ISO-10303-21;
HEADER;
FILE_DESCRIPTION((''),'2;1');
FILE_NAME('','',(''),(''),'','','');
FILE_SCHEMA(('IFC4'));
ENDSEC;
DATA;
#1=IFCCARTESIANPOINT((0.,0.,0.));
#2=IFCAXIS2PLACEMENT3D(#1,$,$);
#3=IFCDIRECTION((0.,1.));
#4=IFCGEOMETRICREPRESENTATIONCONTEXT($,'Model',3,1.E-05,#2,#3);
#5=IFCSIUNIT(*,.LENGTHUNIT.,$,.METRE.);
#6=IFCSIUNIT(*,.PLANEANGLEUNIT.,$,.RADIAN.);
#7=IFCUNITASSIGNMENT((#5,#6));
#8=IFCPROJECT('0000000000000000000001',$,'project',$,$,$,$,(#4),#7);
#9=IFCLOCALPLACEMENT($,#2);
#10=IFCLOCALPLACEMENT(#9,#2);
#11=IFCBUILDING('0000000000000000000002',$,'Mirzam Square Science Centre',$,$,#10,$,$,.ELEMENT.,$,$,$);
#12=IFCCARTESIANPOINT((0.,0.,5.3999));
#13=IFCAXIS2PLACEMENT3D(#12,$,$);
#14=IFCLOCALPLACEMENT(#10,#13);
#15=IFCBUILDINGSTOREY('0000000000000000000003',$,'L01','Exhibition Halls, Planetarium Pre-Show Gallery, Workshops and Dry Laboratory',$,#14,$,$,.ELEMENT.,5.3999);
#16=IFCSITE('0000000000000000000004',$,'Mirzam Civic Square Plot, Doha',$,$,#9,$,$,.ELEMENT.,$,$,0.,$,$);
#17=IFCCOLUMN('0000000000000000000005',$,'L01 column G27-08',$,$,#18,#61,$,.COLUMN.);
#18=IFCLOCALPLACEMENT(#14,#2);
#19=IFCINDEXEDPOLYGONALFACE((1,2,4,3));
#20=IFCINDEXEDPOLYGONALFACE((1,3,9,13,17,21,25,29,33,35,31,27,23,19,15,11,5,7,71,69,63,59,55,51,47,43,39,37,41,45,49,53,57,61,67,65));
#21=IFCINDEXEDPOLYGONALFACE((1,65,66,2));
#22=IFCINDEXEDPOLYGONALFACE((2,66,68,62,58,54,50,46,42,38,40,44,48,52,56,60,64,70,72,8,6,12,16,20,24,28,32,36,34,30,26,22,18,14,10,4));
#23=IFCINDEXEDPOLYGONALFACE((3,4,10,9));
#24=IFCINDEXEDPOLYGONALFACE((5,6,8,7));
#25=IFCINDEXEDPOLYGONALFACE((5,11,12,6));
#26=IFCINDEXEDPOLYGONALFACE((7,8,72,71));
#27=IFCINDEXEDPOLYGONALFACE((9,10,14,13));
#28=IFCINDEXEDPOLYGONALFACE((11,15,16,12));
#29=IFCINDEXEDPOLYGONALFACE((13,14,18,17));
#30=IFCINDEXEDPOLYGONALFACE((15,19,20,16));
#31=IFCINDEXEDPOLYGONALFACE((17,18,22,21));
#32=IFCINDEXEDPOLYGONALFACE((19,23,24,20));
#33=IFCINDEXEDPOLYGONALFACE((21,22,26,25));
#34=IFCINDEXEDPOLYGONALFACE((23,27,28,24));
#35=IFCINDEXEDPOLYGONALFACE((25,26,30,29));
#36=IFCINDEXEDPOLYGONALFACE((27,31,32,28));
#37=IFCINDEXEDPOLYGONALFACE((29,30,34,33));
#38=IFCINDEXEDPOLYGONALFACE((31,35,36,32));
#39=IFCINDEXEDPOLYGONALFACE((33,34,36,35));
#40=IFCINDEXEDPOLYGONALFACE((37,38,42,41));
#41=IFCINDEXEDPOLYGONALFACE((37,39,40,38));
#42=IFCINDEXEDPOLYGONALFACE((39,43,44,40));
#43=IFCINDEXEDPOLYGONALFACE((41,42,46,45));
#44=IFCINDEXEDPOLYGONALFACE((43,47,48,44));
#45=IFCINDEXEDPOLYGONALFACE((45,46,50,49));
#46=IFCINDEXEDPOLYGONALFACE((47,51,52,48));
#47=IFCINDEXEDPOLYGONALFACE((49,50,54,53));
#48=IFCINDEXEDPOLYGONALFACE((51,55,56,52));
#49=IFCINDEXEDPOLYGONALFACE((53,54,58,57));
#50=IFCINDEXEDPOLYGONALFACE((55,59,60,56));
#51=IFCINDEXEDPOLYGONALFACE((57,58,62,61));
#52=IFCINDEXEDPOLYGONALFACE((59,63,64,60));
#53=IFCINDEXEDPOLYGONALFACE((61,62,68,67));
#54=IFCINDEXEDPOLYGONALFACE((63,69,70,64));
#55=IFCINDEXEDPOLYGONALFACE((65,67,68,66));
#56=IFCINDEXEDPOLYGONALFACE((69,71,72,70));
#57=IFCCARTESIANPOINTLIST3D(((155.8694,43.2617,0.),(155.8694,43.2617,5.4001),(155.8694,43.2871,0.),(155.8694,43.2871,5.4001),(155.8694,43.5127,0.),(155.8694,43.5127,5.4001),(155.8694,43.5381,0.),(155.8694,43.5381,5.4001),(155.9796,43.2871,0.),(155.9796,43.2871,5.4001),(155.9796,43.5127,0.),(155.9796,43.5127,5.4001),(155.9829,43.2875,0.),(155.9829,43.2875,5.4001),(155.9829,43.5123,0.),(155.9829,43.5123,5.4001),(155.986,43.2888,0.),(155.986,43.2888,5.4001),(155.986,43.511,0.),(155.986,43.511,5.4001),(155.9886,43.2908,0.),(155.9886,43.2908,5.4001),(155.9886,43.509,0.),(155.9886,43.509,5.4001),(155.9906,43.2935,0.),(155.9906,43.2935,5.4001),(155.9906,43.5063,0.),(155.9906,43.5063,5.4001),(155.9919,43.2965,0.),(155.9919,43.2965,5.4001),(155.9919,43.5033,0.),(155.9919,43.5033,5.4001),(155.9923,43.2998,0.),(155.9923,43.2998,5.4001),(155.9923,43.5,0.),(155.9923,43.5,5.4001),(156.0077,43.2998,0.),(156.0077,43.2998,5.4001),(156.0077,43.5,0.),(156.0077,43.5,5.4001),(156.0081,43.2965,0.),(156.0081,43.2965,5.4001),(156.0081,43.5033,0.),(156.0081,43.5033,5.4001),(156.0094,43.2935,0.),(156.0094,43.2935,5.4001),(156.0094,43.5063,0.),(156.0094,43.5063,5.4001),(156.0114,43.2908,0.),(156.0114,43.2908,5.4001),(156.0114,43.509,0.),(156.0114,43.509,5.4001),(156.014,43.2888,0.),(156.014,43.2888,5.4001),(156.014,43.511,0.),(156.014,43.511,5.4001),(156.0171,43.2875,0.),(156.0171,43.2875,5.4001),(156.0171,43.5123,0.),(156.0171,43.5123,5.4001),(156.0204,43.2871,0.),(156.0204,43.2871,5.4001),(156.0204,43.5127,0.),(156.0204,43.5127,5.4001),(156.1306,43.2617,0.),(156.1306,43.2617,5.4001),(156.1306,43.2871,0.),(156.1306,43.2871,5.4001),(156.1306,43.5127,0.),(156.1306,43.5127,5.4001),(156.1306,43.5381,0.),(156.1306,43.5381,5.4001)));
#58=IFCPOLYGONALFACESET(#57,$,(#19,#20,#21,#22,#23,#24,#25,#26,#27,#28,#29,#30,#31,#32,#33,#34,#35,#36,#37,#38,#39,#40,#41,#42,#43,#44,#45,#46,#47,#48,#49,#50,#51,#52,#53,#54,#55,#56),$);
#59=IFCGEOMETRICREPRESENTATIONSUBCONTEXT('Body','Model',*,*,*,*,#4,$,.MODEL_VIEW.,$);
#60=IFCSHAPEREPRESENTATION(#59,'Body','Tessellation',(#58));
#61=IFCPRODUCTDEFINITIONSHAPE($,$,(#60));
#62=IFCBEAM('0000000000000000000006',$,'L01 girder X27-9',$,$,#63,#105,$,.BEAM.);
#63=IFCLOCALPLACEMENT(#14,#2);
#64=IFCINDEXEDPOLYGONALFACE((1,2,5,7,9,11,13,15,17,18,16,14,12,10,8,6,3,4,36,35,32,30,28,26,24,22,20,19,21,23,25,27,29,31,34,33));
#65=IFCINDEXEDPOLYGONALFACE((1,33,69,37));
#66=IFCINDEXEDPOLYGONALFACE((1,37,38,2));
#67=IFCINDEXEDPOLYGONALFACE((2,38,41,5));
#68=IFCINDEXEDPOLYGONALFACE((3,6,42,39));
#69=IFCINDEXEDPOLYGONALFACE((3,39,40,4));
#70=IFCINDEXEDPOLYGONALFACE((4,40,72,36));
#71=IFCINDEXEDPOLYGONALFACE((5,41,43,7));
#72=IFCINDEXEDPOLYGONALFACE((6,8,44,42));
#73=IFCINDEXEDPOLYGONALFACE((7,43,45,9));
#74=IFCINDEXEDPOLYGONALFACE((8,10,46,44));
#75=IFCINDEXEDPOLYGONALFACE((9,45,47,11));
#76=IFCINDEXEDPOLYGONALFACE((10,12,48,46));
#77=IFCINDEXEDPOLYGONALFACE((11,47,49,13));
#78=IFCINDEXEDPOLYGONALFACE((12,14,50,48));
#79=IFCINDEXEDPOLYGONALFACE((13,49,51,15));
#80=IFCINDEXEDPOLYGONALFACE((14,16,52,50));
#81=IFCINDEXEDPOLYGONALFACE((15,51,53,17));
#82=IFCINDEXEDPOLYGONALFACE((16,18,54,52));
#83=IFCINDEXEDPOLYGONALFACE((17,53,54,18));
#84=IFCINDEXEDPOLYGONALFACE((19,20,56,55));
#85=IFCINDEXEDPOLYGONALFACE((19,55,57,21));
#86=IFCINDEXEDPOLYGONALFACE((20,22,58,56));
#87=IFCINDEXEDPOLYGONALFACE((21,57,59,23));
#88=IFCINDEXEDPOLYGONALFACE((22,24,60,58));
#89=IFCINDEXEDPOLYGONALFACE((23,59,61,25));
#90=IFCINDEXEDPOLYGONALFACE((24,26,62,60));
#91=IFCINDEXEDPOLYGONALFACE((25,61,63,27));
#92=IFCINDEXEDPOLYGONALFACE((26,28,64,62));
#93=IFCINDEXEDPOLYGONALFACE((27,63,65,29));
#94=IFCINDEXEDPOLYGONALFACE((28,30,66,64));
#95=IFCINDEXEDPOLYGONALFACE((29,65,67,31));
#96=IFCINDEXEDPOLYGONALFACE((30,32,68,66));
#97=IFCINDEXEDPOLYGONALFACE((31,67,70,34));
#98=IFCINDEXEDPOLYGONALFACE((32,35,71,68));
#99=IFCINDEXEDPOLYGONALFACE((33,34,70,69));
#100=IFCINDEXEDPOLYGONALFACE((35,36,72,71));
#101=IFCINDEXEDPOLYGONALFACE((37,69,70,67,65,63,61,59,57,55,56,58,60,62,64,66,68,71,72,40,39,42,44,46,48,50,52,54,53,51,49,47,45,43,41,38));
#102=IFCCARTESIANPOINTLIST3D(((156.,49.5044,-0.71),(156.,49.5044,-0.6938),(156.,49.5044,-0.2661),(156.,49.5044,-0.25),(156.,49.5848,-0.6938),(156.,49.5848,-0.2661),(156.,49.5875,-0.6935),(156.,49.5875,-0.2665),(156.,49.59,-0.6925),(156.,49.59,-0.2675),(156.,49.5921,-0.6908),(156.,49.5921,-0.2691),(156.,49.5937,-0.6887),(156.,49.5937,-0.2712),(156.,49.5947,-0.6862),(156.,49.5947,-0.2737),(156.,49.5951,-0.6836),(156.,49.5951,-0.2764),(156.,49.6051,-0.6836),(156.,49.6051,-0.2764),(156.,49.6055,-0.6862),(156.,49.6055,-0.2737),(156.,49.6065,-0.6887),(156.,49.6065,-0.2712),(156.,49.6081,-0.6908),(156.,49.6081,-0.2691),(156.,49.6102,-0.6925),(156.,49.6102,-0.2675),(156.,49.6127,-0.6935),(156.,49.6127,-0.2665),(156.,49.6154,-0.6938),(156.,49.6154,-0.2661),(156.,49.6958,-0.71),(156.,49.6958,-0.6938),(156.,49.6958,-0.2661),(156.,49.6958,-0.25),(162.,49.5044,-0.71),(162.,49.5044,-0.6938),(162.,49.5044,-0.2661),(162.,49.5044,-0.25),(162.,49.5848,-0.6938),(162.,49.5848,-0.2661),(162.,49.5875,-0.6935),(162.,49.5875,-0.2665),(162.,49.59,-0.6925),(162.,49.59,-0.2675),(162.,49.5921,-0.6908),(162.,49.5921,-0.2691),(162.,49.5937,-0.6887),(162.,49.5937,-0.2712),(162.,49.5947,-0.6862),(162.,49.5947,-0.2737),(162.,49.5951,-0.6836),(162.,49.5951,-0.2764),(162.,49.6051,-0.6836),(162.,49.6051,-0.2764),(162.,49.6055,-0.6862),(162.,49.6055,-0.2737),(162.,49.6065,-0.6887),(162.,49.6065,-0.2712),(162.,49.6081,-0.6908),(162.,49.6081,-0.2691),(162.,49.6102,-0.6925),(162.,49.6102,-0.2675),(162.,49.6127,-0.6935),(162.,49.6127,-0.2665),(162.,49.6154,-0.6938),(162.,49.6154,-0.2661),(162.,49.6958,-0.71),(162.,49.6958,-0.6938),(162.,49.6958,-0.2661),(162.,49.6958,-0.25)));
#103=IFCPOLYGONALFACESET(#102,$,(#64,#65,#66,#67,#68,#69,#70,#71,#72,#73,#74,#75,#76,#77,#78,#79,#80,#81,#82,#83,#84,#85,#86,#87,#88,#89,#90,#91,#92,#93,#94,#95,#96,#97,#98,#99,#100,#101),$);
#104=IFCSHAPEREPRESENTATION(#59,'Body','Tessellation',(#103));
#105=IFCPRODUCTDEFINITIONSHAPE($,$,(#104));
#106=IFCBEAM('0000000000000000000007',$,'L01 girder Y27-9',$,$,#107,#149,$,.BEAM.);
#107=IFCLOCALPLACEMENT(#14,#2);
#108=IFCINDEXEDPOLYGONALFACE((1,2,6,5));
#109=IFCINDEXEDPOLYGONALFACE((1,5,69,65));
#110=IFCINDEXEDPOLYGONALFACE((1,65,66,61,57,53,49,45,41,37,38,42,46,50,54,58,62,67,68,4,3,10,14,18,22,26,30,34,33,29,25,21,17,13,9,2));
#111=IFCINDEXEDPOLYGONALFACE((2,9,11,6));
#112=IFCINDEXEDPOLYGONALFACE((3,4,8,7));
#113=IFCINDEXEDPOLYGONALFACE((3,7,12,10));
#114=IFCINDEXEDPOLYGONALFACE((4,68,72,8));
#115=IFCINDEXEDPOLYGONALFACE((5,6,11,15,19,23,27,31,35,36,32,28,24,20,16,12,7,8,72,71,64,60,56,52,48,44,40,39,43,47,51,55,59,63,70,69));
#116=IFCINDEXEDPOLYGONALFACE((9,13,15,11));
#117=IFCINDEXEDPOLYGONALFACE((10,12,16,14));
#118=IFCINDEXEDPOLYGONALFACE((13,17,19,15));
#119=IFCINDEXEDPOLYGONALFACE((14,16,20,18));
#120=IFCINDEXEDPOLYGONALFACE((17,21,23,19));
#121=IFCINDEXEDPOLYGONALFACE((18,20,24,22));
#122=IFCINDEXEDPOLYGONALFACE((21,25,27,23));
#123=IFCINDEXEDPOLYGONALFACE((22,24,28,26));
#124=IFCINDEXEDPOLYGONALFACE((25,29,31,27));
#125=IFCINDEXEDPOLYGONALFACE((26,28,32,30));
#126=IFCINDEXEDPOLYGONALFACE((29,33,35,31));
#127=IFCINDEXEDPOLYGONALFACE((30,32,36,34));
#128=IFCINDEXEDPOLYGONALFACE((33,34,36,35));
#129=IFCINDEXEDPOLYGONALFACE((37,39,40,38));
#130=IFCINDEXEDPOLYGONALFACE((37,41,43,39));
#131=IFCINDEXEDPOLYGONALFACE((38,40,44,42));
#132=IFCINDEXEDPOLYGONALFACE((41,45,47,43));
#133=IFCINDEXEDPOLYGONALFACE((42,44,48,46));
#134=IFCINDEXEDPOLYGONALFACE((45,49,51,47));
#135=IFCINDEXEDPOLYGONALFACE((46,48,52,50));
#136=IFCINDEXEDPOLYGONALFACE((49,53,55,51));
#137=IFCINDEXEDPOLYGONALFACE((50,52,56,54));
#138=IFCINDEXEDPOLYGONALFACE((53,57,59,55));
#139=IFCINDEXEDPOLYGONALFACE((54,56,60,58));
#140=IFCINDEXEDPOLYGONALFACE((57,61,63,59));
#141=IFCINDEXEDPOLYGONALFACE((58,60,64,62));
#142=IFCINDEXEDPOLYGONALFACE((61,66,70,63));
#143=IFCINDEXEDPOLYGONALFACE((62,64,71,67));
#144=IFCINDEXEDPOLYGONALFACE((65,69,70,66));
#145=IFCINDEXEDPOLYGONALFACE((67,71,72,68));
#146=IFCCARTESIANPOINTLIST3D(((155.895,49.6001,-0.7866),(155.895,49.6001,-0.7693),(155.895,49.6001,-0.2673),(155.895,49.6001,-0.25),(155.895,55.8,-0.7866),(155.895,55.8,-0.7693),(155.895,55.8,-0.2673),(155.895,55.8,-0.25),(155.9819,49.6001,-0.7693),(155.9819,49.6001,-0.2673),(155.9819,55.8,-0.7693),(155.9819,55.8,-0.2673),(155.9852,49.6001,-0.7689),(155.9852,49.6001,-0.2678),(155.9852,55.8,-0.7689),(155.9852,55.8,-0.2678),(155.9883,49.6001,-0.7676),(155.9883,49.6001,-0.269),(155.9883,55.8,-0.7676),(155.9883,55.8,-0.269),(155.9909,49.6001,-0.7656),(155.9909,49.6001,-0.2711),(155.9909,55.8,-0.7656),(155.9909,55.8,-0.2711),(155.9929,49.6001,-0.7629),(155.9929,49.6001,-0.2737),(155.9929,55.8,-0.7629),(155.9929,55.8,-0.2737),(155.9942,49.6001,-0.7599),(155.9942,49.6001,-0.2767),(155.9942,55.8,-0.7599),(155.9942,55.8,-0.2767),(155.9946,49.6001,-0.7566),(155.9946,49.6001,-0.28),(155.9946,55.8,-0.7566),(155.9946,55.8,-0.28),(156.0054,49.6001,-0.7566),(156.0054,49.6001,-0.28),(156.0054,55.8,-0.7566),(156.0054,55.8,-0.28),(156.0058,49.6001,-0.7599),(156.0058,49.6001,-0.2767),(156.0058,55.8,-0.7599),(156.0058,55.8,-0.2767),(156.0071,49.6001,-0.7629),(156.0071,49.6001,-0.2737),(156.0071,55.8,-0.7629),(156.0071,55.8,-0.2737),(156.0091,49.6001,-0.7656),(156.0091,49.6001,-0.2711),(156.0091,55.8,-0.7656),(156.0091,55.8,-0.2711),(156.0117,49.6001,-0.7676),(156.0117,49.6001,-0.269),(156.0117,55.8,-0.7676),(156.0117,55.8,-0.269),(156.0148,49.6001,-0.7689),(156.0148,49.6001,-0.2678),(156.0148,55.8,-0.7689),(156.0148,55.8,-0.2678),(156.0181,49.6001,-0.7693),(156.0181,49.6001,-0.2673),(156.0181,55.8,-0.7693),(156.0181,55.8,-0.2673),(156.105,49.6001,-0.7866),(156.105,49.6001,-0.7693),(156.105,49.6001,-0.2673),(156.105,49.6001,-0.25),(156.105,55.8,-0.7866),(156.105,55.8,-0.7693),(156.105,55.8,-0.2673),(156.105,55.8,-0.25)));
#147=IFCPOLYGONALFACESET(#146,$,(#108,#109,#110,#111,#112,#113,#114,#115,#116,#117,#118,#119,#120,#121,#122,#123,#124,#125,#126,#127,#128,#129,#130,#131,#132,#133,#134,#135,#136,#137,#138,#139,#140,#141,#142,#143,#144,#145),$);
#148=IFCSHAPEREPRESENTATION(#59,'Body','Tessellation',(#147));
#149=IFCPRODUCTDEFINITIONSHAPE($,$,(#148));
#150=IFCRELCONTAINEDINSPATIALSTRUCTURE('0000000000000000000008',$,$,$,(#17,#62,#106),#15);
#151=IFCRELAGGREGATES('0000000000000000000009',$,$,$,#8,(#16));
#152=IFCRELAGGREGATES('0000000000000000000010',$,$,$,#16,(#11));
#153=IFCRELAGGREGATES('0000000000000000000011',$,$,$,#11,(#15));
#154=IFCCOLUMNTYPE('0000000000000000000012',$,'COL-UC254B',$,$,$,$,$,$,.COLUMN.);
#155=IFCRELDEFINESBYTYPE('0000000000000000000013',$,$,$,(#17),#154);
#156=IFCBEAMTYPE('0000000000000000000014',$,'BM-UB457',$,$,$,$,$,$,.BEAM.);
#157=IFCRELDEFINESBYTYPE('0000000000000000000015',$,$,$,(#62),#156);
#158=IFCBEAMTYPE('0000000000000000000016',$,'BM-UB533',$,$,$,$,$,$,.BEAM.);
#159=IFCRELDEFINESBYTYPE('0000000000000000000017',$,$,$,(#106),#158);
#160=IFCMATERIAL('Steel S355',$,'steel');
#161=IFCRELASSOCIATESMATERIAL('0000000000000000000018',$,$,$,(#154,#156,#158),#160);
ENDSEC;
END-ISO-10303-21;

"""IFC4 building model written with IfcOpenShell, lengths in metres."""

from ifc_helpers import new_model, si_unit, direction, frame, origin, origin_2d, place, context, subcontext, project, spatial, i_section, extrude, material, material_profile, profile_set, type_object, element, save


model = new_model("IFC4")

# Units and contexts
model_context = context("Model", 3, precision=1e-05, world=origin(), true_north=direction((0.0, 1.0)))
body_context = subcontext(model_context, "Body", "Model", "MODEL_VIEW")
ifc_project = project(units=[si_unit("LENGTHUNIT", "METRE"), si_unit("PLANEANGLEUNIT", "RADIAN")], contexts=[model_context])

# Site, building, storey
site_placement = place(None, origin())
site = spatial("IfcSite", under=ifc_project, at=site_placement, Name="Mirzam Civic Square Plot, Doha", CompositionType="ELEMENT", RefElevation=0.0)
building_placement = place(site_placement, origin())
building = spatial("IfcBuilding", under=site, at=building_placement, Name="Mirzam Square Science Centre", CompositionType="ELEMENT")
storey_placement = place(building_placement, frame((0.0, 0.0, 5.3999)))
storey = spatial("IfcBuildingStorey", under=building, at=storey_placement, Name="L01", Description="Exhibition Halls, Planetarium Pre-Show Gallery, Workshops and Dry Laboratory", CompositionType="ELEMENT", Elevation=5.3999)

# Column
ifc_material_1 = material(Name="Steel S355", Category="steel")
ifc_material_profile_1 = material_profile(ifc_material_1, i_section(OverallWidth=0.2612, OverallDepth=0.2764, WebThickness=0.0154, FlangeThickness=0.0254, FilletRadius=0.0127, at=origin_2d()), Name="254x254x132UC")
ifc_profile_set_1 = profile_set([ifc_material_profile_1], Name="Steel S355")
column_type_1 = type_object("IfcColumnType", Name="COL-UC254B", PredefinedType="COLUMN", material=ifc_profile_set_1)
column_1_placement = place(storey_placement, frame((156.0, 43.3999, 0.0), z_axis=(0.0, 0.0, 1.0), x_axis=(1.0, 0.0, 0.0)))
element("IfcColumn", 1, at=column_1_placement, inside=storey, type_object=column_type_1, Name="L01 column G27-08", PredefinedType="COLUMN", context=body_context, shape_type="SweptSolid", body=[
    extrude(i_section(OverallWidth=0.2612, OverallDepth=0.2764, WebThickness=0.0154, FlangeThickness=0.0254, FilletRadius=0.0127, at=origin_2d()), origin(), (0.0, 0.0, 1.0), 5.4001),
])

# Beams
ifc_material_profile_2 = material_profile(ifc_material_1, i_section(OverallWidth=0.1914, OverallDepth=0.46, WebThickness=0.01, FlangeThickness=0.0161, FilletRadius=0.0103, at=origin_2d()), Name="457x191x82UB")
ifc_profile_set_2 = profile_set([ifc_material_profile_2], Name="Steel S355")
beam_type_1 = type_object("IfcBeamType", Name="BM-UB457", PredefinedType="BEAM", material=ifc_profile_set_2)
beam_1_placement = place(storey_placement, frame((156.0, 49.6001, -0.48), z_axis=(1.0, 0.0, 0.0), x_axis=(0.0, 1.0, 0.0)))
element("IfcBeam", 2, at=beam_1_placement, inside=storey, type_object=beam_type_1, Name="L01 girder X27-9", PredefinedType="BEAM", context=body_context, shape_type="SweptSolid", body=[
    extrude(i_section(OverallWidth=0.1914, OverallDepth=0.46, WebThickness=0.01, FlangeThickness=0.0161, FilletRadius=0.0103, at=origin_2d()), origin(), (0.0, 0.0, 1.0), 6.0),
])
ifc_material_profile_3 = material_profile(ifc_material_1, i_section(OverallWidth=0.21, OverallDepth=0.5366, WebThickness=0.0107, FlangeThickness=0.0173, FilletRadius=0.0127, at=origin_2d()), Name="533x210x101UB")
ifc_profile_set_3 = profile_set([ifc_material_profile_3], Name="Steel S355")
beam_type_2 = type_object("IfcBeamType", Name="BM-UB533", PredefinedType="BEAM", material=ifc_profile_set_3)
beam_2_placement = place(storey_placement, frame((156.0, 49.6001, -0.5183), z_axis=(0.0, 1.0, 0.0), x_axis=(-1.0, 0.0, 0.0)))
element("IfcBeam", 3, at=beam_2_placement, inside=storey, type_object=beam_type_2, Name="L01 girder Y27-9", PredefinedType="BEAM", context=body_context, shape_type="SweptSolid", body=[
    extrude(i_section(OverallWidth=0.21, OverallDepth=0.5366, WebThickness=0.0107, FlangeThickness=0.0173, FilletRadius=0.0127, at=origin_2d()), origin(), (0.0, 0.0, 1.0), 6.2),
])

save(model, "model.ifc")
